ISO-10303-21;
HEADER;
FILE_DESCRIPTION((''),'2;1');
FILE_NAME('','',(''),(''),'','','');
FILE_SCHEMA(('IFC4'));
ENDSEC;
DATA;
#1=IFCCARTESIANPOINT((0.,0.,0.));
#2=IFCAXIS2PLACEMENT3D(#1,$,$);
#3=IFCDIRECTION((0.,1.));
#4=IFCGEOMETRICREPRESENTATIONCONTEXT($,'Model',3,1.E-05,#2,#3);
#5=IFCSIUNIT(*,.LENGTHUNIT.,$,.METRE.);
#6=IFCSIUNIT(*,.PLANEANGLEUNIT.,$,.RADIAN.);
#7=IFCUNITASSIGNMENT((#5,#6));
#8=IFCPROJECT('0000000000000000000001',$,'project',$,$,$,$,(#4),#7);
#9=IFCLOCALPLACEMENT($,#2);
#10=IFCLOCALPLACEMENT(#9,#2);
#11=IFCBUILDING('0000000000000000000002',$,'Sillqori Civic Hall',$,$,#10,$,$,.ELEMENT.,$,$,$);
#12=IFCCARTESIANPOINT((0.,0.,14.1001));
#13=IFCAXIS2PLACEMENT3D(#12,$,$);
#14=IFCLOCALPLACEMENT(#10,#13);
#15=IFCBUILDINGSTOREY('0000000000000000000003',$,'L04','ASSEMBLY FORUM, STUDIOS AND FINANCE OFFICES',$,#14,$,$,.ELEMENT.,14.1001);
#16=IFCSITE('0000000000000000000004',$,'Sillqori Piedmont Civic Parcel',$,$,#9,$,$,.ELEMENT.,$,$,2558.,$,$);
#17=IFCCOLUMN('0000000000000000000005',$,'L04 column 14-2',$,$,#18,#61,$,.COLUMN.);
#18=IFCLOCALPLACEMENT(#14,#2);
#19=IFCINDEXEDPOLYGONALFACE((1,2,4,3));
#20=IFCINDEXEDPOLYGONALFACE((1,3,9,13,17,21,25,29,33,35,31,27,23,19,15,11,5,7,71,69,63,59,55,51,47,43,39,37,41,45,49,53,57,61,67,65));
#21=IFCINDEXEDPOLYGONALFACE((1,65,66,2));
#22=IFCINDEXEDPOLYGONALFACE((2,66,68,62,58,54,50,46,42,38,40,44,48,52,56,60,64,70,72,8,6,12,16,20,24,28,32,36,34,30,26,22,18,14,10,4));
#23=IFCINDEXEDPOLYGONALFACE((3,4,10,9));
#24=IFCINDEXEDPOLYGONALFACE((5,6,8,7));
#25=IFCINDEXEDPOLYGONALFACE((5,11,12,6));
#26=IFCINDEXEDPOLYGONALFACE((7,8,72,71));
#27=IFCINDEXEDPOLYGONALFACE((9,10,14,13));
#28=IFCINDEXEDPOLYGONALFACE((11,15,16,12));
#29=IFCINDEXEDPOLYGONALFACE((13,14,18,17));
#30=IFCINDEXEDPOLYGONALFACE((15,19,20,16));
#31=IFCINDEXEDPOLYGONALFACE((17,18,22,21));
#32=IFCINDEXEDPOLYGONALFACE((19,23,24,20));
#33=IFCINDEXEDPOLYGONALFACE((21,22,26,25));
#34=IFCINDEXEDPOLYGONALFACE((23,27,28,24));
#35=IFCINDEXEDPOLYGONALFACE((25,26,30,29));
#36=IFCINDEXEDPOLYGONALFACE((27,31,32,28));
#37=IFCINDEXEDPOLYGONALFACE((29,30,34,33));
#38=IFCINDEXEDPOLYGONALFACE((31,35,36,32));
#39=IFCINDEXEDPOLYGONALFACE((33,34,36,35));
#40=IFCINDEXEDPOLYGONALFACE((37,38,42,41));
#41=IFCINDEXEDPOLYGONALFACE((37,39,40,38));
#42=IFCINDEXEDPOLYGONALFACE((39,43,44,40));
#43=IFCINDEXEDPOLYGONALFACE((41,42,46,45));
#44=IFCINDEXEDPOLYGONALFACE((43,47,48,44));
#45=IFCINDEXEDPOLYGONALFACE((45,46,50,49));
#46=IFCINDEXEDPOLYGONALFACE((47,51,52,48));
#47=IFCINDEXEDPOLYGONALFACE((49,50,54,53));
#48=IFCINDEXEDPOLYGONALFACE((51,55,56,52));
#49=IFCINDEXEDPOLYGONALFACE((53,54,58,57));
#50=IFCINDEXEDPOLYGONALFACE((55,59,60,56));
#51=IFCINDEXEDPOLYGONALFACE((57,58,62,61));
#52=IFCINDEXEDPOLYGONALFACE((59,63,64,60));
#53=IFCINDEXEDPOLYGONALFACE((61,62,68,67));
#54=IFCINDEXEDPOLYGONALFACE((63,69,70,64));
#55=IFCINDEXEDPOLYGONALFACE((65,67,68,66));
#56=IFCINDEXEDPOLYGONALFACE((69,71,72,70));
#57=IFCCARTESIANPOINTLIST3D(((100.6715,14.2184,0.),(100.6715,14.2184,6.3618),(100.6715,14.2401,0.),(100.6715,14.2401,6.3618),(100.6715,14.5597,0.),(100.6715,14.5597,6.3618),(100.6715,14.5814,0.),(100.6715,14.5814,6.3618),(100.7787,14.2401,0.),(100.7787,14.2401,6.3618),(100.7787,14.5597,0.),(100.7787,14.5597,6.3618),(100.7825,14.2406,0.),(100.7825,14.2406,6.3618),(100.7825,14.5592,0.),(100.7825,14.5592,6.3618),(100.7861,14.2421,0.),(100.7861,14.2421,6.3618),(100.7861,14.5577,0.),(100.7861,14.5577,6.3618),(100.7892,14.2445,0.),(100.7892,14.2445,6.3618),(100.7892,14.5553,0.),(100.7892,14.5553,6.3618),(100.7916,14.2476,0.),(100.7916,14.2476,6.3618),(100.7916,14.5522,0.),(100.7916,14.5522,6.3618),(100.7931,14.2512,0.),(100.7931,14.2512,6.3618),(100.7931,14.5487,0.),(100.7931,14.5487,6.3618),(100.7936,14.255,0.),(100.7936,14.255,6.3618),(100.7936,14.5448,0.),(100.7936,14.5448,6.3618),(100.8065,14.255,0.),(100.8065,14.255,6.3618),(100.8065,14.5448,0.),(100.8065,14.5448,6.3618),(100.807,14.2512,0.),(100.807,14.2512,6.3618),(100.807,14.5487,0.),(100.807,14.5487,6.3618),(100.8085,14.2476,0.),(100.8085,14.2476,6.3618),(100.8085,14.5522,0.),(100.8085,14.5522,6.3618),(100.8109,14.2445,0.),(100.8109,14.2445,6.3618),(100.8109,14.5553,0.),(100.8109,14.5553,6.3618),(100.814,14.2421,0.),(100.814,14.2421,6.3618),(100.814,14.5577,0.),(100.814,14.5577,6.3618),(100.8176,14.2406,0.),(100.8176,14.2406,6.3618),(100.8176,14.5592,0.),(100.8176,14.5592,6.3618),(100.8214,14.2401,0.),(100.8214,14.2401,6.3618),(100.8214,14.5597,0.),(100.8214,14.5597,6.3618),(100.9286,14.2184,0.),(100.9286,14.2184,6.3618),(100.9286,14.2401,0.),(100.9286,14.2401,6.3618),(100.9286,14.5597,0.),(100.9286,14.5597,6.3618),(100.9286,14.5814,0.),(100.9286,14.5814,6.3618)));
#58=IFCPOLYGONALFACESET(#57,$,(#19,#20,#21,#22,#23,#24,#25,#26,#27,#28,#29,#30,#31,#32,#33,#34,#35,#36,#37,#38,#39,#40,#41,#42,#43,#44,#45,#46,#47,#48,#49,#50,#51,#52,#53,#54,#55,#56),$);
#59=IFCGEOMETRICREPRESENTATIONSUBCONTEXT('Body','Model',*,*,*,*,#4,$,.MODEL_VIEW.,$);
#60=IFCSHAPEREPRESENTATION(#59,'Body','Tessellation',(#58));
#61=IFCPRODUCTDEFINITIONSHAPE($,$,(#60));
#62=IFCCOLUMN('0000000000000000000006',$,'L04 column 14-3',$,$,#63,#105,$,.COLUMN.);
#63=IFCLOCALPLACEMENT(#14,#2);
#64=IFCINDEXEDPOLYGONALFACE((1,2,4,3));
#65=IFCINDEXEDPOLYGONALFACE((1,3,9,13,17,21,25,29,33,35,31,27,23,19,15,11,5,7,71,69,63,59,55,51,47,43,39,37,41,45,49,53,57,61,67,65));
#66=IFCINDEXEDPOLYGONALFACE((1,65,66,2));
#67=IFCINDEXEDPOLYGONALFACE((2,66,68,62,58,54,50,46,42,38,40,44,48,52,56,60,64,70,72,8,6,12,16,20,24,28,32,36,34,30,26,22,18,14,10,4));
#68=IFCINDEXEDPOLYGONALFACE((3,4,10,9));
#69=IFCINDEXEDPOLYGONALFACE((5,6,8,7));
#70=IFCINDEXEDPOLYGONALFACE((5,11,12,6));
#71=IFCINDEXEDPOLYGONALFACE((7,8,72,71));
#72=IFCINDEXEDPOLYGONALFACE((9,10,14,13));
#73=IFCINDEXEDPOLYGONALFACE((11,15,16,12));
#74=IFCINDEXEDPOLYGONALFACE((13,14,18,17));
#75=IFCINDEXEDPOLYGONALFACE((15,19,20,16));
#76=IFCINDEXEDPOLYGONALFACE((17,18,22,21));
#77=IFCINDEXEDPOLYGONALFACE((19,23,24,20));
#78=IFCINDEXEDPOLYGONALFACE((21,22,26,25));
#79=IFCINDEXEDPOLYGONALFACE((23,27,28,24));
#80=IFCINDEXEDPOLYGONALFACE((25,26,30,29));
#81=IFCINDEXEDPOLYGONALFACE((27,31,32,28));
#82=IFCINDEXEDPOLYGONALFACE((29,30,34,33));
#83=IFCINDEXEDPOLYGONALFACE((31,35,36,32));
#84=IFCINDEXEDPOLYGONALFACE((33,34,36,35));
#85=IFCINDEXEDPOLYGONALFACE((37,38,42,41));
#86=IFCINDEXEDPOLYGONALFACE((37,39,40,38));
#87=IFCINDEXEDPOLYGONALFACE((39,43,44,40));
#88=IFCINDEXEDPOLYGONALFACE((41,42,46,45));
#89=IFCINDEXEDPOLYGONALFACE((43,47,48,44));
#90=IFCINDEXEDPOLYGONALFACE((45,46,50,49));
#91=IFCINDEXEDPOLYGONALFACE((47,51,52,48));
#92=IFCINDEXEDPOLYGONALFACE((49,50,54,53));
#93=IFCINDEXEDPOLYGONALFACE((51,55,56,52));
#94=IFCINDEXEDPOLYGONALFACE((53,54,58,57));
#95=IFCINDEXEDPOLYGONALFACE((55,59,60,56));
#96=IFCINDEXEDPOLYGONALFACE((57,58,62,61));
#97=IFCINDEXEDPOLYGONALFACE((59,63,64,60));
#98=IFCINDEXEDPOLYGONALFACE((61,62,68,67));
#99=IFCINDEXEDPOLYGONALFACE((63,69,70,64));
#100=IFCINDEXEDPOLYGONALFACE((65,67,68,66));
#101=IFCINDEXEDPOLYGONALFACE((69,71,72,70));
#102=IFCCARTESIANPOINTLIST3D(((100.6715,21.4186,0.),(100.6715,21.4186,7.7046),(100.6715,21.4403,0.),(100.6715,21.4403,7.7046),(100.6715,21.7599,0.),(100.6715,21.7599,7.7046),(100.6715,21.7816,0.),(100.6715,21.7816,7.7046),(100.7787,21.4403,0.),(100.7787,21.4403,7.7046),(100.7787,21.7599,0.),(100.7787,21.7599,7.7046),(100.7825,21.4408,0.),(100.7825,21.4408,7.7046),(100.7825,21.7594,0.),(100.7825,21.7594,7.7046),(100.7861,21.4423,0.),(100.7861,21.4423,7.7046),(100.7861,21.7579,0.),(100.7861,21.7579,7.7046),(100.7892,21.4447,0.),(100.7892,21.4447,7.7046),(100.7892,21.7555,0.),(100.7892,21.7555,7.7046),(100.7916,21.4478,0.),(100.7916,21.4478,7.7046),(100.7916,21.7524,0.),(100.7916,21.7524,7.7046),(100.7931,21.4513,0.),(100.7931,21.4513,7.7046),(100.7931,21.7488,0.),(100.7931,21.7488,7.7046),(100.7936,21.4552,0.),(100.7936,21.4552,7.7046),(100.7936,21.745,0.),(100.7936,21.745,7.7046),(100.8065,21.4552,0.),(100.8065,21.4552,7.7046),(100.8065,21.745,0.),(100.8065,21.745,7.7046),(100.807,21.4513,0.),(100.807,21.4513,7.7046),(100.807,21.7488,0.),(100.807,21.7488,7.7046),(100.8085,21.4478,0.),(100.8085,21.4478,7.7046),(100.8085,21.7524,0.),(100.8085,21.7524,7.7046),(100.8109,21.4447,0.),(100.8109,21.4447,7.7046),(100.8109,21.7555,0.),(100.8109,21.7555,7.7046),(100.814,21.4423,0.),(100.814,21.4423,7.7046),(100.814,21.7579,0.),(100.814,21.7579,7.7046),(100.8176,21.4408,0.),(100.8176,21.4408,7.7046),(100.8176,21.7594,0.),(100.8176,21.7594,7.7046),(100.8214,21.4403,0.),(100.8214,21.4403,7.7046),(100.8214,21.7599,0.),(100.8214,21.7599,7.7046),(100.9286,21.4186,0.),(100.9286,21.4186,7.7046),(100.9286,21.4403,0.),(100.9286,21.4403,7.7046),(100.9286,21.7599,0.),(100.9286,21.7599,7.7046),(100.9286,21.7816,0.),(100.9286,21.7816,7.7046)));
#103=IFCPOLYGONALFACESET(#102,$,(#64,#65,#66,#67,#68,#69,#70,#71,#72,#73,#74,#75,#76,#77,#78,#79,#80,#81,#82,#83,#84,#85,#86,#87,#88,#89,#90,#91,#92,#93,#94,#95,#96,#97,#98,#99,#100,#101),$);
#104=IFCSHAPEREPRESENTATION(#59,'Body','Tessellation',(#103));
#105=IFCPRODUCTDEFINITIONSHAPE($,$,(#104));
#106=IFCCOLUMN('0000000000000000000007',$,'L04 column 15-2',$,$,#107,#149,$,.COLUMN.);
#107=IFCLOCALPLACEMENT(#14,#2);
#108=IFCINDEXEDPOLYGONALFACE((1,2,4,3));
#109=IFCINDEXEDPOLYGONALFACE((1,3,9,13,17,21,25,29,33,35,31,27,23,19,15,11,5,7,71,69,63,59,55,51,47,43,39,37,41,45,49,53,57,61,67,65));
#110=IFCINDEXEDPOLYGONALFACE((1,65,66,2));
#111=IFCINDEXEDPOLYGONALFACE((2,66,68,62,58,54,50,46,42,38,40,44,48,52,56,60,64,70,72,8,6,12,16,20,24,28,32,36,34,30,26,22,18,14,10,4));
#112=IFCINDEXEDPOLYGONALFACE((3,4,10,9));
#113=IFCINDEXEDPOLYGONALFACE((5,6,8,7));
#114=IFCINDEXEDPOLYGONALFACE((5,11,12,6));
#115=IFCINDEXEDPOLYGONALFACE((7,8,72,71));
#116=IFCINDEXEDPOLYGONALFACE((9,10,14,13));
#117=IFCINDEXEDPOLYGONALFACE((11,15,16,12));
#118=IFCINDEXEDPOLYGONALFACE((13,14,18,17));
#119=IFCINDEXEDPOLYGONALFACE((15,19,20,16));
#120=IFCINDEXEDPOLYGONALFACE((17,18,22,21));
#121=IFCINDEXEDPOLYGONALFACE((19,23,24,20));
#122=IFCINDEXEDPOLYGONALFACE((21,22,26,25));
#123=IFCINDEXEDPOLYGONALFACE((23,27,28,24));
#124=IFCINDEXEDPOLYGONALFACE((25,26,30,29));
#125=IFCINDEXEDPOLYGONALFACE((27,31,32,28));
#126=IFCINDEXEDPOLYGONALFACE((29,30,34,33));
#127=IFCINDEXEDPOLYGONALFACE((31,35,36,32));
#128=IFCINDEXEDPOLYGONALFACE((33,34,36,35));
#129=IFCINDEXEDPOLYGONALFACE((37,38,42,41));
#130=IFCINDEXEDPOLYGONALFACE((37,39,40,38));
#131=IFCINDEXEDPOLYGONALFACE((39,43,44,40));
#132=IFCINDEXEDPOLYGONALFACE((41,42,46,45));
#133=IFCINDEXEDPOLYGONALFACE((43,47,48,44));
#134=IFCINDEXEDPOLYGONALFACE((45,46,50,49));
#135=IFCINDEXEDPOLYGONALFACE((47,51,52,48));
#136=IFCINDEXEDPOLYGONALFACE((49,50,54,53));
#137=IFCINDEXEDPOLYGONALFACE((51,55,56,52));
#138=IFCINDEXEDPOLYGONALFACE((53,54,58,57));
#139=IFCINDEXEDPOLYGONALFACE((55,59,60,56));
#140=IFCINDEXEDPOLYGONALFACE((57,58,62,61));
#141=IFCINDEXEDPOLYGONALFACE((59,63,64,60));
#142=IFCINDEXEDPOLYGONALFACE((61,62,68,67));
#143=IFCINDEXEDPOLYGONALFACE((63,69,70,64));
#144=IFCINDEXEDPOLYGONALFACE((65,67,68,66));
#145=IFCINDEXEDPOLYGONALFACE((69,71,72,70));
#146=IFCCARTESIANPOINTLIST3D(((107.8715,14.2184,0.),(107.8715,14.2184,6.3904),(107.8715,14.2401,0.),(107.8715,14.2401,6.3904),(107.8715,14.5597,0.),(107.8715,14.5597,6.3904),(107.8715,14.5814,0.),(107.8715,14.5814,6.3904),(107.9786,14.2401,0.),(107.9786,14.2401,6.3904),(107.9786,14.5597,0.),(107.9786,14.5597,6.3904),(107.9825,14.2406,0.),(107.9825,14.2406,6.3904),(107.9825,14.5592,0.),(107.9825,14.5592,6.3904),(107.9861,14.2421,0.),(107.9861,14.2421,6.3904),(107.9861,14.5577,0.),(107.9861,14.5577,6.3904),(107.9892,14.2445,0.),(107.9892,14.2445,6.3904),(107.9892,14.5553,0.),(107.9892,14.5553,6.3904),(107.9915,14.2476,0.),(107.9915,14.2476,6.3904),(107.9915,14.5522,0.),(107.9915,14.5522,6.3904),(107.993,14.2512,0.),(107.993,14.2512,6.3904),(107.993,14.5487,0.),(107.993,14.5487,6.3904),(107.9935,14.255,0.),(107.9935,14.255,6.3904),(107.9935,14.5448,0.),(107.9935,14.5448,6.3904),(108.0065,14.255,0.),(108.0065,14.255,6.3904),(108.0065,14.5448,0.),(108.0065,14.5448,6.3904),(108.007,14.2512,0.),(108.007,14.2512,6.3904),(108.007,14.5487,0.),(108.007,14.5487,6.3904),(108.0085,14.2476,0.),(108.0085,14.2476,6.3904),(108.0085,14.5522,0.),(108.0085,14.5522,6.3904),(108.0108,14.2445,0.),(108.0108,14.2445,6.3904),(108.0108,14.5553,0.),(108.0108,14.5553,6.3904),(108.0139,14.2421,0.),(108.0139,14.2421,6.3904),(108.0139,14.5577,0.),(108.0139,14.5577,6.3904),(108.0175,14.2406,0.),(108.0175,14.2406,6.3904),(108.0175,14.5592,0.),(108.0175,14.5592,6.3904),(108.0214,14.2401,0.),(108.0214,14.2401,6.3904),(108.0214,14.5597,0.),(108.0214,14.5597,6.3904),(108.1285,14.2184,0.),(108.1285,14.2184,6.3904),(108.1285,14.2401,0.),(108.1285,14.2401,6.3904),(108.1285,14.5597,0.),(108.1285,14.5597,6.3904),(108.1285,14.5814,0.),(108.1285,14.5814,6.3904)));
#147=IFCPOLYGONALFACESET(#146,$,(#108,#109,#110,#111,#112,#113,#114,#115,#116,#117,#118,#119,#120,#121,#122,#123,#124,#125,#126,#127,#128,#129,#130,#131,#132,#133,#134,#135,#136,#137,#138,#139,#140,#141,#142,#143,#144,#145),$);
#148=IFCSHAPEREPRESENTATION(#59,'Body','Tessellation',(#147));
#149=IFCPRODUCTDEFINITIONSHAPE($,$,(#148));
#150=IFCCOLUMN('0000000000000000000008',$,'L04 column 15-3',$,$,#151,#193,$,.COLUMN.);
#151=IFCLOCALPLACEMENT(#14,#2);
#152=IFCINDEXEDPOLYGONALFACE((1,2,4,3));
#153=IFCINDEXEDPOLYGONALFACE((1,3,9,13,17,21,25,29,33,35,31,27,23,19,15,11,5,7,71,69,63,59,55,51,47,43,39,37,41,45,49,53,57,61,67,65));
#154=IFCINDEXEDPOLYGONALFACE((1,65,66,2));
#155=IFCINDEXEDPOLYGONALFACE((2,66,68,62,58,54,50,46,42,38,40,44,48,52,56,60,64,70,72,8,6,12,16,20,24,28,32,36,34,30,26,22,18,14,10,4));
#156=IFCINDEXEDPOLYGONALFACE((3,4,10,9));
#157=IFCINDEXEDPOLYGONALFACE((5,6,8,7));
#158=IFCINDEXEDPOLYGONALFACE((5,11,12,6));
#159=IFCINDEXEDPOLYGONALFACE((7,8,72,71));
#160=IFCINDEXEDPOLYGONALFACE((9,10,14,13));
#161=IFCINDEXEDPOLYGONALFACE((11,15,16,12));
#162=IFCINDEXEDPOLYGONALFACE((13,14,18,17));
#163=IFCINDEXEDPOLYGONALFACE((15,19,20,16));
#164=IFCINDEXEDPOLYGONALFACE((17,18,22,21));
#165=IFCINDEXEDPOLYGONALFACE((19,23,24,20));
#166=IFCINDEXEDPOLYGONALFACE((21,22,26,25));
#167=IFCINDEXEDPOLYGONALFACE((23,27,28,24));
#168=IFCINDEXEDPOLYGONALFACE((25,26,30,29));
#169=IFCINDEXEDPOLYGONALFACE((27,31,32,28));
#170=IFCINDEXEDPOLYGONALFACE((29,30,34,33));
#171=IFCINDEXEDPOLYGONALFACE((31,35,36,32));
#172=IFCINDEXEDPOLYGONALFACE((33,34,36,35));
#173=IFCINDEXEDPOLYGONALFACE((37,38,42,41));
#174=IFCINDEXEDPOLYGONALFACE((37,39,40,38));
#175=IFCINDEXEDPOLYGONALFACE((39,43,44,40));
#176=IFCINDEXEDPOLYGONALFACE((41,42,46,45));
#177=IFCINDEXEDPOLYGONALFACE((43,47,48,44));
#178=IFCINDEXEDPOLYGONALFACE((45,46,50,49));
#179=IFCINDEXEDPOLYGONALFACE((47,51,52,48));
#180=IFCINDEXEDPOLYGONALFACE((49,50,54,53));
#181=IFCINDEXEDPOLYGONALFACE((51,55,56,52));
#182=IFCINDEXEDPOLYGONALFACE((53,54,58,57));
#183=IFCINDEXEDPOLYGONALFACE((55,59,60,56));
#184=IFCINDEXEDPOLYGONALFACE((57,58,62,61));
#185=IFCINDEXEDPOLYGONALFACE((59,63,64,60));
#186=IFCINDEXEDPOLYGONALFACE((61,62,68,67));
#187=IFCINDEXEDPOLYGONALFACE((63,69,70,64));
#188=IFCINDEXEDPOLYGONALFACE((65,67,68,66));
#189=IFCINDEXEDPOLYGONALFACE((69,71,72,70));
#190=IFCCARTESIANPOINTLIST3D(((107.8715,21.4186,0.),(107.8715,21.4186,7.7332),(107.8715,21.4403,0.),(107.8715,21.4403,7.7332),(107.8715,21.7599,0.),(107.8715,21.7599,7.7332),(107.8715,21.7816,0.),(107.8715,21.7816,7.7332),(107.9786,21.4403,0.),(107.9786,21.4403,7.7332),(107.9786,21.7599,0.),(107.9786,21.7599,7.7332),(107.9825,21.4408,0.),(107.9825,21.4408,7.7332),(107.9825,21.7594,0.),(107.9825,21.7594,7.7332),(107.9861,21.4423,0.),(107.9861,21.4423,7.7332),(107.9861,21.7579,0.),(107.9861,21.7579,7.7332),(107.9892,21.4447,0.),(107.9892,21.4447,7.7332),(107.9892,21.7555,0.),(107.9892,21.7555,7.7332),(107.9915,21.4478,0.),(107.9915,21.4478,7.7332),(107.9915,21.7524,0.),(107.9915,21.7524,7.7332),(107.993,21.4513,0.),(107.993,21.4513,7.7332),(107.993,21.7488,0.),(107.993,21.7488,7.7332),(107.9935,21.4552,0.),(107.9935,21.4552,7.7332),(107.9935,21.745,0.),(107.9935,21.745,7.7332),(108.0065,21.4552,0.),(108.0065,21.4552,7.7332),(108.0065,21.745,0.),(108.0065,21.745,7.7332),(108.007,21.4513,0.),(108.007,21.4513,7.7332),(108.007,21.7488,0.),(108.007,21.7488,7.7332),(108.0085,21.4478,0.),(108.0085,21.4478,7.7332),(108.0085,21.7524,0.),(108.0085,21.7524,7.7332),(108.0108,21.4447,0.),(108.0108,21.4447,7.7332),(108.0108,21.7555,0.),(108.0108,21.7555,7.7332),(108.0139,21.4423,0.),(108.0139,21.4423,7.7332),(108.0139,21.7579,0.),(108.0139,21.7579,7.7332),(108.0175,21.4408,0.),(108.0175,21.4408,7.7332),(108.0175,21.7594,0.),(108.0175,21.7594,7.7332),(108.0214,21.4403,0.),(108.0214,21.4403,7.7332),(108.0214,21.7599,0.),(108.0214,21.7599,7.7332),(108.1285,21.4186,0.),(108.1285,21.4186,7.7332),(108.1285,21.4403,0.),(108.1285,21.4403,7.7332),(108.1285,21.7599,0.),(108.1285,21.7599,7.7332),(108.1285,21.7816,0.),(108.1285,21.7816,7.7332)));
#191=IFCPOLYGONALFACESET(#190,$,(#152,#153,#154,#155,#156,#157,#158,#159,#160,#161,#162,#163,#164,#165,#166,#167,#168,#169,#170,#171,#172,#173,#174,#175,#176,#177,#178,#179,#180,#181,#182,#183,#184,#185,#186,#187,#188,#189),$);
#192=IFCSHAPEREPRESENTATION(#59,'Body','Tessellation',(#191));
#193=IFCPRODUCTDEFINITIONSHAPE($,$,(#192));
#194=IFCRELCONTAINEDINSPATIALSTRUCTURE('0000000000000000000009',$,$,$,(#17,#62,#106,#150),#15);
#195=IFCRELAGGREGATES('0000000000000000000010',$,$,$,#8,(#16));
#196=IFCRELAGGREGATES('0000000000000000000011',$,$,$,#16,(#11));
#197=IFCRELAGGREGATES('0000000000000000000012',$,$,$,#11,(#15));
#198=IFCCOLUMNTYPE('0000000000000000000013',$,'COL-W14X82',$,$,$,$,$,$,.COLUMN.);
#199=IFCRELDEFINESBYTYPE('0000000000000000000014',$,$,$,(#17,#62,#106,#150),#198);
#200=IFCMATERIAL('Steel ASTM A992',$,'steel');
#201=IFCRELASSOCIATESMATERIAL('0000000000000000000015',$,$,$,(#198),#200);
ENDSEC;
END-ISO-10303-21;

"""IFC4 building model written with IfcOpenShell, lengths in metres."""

from ifc_helpers import new_model, si_unit, direction, frame, origin, origin_2d, place, context, subcontext, project, spatial, i_section, extrude, material, material_profile, profile_set, type_object, element, save


model = new_model("IFC4")

# Units and contexts
model_context = context("Model", 3, precision=1e-05, world=origin(), true_north=direction((0.0, 1.0)))
body_context = subcontext(model_context, "Body", "Model", "MODEL_VIEW")
ifc_project = project(units=[si_unit("LENGTHUNIT", "METRE"), si_unit("PLANEANGLEUNIT", "RADIAN")], contexts=[model_context])

# Site, building, storey
site_placement = place(None, origin())
site = spatial("IfcSite", under=ifc_project, at=site_placement, Name="Sillqori Piedmont Civic Parcel", CompositionType="ELEMENT", RefElevation=2558.0)
building_placement = place(site_placement, origin())
building = spatial("IfcBuilding", under=site, at=building_placement, Name="Sillqori Civic Hall", CompositionType="ELEMENT")
storey_placement = place(building_placement, frame((0.0, 0.0, 14.1001)))
storey = spatial("IfcBuildingStorey", under=building, at=storey_placement, Name="L04", Description="ASSEMBLY FORUM, STUDIOS AND FINANCE OFFICES", CompositionType="ELEMENT", Elevation=14.1001)

# Columns
ifc_material_1 = material(Name="Steel ASTM A992", Category="steel")
ifc_material_profile_1 = material_profile(ifc_material_1, i_section(OverallWidth=0.2571, OverallDepth=0.363, WebThickness=0.0129, FlangeThickness=0.0217, FilletRadius=0.0149, at=origin_2d()), Name="W14X82")
ifc_profile_set_1 = profile_set([ifc_material_profile_1], Name="Steel ASTM A992")
column_type = type_object("IfcColumnType", Name="COL-W14X82", PredefinedType="COLUMN", material=ifc_profile_set_1)
column_1_placement = place(storey_placement, frame((100.8, 14.3999, 0.0), z_axis=(0.0, 0.0, 1.0), x_axis=(1.0, 0.0, 0.0)))
element("IfcColumn", 1, at=column_1_placement, inside=storey, type_object=column_type, Name="L04 column 14-2", PredefinedType="COLUMN", context=body_context, shape_type="SweptSolid", body=[
    extrude(i_section(OverallWidth=0.2571, OverallDepth=0.363, WebThickness=0.0129, FlangeThickness=0.0217, FilletRadius=0.0149, at=origin_2d()), origin(), (0.0, 0.0, 1.0), 6.3618),
])
column_2_placement = place(storey_placement, frame((100.8, 21.6001, 0.0), z_axis=(0.0, 0.0, 1.0), x_axis=(1.0, 0.0, 0.0)))
element("IfcColumn", 2, at=column_2_placement, inside=storey, type_object=column_type, Name="L04 column 14-3", PredefinedType="COLUMN", context=body_context, shape_type="SweptSolid", body=[
    extrude(i_section(OverallWidth=0.2571, OverallDepth=0.363, WebThickness=0.0129, FlangeThickness=0.0217, FilletRadius=0.0149, at=origin_2d()), origin(), (0.0, 0.0, 1.0), 7.7046),
])
column_3_placement = place(storey_placement, frame((108.0, 14.3999, 0.0), z_axis=(0.0, 0.0, 1.0), x_axis=(1.0, 0.0, 0.0)))
element("IfcColumn", 3, at=column_3_placement, inside=storey, type_object=column_type, Name="L04 column 15-2", PredefinedType="COLUMN", context=body_context, shape_type="SweptSolid", body=[
    extrude(i_section(OverallWidth=0.2571, OverallDepth=0.363, WebThickness=0.0129, FlangeThickness=0.0217, FilletRadius=0.0149, at=origin_2d()), origin(), (0.0, 0.0, 1.0), 6.3904),
])
column_4_placement = place(storey_placement, frame((108.0, 21.6001, 0.0), z_axis=(0.0, 0.0, 1.0), x_axis=(1.0, 0.0, 0.0)))
element("IfcColumn", 4, at=column_4_placement, inside=storey, type_object=column_type, Name="L04 column 15-3", PredefinedType="COLUMN", context=body_context, shape_type="SweptSolid", body=[
    extrude(i_section(OverallWidth=0.2571, OverallDepth=0.363, WebThickness=0.0129, FlangeThickness=0.0217, FilletRadius=0.0149, at=origin_2d()), origin(), (0.0, 0.0, 1.0), 7.7332),
])

save(model, "model.ifc")
